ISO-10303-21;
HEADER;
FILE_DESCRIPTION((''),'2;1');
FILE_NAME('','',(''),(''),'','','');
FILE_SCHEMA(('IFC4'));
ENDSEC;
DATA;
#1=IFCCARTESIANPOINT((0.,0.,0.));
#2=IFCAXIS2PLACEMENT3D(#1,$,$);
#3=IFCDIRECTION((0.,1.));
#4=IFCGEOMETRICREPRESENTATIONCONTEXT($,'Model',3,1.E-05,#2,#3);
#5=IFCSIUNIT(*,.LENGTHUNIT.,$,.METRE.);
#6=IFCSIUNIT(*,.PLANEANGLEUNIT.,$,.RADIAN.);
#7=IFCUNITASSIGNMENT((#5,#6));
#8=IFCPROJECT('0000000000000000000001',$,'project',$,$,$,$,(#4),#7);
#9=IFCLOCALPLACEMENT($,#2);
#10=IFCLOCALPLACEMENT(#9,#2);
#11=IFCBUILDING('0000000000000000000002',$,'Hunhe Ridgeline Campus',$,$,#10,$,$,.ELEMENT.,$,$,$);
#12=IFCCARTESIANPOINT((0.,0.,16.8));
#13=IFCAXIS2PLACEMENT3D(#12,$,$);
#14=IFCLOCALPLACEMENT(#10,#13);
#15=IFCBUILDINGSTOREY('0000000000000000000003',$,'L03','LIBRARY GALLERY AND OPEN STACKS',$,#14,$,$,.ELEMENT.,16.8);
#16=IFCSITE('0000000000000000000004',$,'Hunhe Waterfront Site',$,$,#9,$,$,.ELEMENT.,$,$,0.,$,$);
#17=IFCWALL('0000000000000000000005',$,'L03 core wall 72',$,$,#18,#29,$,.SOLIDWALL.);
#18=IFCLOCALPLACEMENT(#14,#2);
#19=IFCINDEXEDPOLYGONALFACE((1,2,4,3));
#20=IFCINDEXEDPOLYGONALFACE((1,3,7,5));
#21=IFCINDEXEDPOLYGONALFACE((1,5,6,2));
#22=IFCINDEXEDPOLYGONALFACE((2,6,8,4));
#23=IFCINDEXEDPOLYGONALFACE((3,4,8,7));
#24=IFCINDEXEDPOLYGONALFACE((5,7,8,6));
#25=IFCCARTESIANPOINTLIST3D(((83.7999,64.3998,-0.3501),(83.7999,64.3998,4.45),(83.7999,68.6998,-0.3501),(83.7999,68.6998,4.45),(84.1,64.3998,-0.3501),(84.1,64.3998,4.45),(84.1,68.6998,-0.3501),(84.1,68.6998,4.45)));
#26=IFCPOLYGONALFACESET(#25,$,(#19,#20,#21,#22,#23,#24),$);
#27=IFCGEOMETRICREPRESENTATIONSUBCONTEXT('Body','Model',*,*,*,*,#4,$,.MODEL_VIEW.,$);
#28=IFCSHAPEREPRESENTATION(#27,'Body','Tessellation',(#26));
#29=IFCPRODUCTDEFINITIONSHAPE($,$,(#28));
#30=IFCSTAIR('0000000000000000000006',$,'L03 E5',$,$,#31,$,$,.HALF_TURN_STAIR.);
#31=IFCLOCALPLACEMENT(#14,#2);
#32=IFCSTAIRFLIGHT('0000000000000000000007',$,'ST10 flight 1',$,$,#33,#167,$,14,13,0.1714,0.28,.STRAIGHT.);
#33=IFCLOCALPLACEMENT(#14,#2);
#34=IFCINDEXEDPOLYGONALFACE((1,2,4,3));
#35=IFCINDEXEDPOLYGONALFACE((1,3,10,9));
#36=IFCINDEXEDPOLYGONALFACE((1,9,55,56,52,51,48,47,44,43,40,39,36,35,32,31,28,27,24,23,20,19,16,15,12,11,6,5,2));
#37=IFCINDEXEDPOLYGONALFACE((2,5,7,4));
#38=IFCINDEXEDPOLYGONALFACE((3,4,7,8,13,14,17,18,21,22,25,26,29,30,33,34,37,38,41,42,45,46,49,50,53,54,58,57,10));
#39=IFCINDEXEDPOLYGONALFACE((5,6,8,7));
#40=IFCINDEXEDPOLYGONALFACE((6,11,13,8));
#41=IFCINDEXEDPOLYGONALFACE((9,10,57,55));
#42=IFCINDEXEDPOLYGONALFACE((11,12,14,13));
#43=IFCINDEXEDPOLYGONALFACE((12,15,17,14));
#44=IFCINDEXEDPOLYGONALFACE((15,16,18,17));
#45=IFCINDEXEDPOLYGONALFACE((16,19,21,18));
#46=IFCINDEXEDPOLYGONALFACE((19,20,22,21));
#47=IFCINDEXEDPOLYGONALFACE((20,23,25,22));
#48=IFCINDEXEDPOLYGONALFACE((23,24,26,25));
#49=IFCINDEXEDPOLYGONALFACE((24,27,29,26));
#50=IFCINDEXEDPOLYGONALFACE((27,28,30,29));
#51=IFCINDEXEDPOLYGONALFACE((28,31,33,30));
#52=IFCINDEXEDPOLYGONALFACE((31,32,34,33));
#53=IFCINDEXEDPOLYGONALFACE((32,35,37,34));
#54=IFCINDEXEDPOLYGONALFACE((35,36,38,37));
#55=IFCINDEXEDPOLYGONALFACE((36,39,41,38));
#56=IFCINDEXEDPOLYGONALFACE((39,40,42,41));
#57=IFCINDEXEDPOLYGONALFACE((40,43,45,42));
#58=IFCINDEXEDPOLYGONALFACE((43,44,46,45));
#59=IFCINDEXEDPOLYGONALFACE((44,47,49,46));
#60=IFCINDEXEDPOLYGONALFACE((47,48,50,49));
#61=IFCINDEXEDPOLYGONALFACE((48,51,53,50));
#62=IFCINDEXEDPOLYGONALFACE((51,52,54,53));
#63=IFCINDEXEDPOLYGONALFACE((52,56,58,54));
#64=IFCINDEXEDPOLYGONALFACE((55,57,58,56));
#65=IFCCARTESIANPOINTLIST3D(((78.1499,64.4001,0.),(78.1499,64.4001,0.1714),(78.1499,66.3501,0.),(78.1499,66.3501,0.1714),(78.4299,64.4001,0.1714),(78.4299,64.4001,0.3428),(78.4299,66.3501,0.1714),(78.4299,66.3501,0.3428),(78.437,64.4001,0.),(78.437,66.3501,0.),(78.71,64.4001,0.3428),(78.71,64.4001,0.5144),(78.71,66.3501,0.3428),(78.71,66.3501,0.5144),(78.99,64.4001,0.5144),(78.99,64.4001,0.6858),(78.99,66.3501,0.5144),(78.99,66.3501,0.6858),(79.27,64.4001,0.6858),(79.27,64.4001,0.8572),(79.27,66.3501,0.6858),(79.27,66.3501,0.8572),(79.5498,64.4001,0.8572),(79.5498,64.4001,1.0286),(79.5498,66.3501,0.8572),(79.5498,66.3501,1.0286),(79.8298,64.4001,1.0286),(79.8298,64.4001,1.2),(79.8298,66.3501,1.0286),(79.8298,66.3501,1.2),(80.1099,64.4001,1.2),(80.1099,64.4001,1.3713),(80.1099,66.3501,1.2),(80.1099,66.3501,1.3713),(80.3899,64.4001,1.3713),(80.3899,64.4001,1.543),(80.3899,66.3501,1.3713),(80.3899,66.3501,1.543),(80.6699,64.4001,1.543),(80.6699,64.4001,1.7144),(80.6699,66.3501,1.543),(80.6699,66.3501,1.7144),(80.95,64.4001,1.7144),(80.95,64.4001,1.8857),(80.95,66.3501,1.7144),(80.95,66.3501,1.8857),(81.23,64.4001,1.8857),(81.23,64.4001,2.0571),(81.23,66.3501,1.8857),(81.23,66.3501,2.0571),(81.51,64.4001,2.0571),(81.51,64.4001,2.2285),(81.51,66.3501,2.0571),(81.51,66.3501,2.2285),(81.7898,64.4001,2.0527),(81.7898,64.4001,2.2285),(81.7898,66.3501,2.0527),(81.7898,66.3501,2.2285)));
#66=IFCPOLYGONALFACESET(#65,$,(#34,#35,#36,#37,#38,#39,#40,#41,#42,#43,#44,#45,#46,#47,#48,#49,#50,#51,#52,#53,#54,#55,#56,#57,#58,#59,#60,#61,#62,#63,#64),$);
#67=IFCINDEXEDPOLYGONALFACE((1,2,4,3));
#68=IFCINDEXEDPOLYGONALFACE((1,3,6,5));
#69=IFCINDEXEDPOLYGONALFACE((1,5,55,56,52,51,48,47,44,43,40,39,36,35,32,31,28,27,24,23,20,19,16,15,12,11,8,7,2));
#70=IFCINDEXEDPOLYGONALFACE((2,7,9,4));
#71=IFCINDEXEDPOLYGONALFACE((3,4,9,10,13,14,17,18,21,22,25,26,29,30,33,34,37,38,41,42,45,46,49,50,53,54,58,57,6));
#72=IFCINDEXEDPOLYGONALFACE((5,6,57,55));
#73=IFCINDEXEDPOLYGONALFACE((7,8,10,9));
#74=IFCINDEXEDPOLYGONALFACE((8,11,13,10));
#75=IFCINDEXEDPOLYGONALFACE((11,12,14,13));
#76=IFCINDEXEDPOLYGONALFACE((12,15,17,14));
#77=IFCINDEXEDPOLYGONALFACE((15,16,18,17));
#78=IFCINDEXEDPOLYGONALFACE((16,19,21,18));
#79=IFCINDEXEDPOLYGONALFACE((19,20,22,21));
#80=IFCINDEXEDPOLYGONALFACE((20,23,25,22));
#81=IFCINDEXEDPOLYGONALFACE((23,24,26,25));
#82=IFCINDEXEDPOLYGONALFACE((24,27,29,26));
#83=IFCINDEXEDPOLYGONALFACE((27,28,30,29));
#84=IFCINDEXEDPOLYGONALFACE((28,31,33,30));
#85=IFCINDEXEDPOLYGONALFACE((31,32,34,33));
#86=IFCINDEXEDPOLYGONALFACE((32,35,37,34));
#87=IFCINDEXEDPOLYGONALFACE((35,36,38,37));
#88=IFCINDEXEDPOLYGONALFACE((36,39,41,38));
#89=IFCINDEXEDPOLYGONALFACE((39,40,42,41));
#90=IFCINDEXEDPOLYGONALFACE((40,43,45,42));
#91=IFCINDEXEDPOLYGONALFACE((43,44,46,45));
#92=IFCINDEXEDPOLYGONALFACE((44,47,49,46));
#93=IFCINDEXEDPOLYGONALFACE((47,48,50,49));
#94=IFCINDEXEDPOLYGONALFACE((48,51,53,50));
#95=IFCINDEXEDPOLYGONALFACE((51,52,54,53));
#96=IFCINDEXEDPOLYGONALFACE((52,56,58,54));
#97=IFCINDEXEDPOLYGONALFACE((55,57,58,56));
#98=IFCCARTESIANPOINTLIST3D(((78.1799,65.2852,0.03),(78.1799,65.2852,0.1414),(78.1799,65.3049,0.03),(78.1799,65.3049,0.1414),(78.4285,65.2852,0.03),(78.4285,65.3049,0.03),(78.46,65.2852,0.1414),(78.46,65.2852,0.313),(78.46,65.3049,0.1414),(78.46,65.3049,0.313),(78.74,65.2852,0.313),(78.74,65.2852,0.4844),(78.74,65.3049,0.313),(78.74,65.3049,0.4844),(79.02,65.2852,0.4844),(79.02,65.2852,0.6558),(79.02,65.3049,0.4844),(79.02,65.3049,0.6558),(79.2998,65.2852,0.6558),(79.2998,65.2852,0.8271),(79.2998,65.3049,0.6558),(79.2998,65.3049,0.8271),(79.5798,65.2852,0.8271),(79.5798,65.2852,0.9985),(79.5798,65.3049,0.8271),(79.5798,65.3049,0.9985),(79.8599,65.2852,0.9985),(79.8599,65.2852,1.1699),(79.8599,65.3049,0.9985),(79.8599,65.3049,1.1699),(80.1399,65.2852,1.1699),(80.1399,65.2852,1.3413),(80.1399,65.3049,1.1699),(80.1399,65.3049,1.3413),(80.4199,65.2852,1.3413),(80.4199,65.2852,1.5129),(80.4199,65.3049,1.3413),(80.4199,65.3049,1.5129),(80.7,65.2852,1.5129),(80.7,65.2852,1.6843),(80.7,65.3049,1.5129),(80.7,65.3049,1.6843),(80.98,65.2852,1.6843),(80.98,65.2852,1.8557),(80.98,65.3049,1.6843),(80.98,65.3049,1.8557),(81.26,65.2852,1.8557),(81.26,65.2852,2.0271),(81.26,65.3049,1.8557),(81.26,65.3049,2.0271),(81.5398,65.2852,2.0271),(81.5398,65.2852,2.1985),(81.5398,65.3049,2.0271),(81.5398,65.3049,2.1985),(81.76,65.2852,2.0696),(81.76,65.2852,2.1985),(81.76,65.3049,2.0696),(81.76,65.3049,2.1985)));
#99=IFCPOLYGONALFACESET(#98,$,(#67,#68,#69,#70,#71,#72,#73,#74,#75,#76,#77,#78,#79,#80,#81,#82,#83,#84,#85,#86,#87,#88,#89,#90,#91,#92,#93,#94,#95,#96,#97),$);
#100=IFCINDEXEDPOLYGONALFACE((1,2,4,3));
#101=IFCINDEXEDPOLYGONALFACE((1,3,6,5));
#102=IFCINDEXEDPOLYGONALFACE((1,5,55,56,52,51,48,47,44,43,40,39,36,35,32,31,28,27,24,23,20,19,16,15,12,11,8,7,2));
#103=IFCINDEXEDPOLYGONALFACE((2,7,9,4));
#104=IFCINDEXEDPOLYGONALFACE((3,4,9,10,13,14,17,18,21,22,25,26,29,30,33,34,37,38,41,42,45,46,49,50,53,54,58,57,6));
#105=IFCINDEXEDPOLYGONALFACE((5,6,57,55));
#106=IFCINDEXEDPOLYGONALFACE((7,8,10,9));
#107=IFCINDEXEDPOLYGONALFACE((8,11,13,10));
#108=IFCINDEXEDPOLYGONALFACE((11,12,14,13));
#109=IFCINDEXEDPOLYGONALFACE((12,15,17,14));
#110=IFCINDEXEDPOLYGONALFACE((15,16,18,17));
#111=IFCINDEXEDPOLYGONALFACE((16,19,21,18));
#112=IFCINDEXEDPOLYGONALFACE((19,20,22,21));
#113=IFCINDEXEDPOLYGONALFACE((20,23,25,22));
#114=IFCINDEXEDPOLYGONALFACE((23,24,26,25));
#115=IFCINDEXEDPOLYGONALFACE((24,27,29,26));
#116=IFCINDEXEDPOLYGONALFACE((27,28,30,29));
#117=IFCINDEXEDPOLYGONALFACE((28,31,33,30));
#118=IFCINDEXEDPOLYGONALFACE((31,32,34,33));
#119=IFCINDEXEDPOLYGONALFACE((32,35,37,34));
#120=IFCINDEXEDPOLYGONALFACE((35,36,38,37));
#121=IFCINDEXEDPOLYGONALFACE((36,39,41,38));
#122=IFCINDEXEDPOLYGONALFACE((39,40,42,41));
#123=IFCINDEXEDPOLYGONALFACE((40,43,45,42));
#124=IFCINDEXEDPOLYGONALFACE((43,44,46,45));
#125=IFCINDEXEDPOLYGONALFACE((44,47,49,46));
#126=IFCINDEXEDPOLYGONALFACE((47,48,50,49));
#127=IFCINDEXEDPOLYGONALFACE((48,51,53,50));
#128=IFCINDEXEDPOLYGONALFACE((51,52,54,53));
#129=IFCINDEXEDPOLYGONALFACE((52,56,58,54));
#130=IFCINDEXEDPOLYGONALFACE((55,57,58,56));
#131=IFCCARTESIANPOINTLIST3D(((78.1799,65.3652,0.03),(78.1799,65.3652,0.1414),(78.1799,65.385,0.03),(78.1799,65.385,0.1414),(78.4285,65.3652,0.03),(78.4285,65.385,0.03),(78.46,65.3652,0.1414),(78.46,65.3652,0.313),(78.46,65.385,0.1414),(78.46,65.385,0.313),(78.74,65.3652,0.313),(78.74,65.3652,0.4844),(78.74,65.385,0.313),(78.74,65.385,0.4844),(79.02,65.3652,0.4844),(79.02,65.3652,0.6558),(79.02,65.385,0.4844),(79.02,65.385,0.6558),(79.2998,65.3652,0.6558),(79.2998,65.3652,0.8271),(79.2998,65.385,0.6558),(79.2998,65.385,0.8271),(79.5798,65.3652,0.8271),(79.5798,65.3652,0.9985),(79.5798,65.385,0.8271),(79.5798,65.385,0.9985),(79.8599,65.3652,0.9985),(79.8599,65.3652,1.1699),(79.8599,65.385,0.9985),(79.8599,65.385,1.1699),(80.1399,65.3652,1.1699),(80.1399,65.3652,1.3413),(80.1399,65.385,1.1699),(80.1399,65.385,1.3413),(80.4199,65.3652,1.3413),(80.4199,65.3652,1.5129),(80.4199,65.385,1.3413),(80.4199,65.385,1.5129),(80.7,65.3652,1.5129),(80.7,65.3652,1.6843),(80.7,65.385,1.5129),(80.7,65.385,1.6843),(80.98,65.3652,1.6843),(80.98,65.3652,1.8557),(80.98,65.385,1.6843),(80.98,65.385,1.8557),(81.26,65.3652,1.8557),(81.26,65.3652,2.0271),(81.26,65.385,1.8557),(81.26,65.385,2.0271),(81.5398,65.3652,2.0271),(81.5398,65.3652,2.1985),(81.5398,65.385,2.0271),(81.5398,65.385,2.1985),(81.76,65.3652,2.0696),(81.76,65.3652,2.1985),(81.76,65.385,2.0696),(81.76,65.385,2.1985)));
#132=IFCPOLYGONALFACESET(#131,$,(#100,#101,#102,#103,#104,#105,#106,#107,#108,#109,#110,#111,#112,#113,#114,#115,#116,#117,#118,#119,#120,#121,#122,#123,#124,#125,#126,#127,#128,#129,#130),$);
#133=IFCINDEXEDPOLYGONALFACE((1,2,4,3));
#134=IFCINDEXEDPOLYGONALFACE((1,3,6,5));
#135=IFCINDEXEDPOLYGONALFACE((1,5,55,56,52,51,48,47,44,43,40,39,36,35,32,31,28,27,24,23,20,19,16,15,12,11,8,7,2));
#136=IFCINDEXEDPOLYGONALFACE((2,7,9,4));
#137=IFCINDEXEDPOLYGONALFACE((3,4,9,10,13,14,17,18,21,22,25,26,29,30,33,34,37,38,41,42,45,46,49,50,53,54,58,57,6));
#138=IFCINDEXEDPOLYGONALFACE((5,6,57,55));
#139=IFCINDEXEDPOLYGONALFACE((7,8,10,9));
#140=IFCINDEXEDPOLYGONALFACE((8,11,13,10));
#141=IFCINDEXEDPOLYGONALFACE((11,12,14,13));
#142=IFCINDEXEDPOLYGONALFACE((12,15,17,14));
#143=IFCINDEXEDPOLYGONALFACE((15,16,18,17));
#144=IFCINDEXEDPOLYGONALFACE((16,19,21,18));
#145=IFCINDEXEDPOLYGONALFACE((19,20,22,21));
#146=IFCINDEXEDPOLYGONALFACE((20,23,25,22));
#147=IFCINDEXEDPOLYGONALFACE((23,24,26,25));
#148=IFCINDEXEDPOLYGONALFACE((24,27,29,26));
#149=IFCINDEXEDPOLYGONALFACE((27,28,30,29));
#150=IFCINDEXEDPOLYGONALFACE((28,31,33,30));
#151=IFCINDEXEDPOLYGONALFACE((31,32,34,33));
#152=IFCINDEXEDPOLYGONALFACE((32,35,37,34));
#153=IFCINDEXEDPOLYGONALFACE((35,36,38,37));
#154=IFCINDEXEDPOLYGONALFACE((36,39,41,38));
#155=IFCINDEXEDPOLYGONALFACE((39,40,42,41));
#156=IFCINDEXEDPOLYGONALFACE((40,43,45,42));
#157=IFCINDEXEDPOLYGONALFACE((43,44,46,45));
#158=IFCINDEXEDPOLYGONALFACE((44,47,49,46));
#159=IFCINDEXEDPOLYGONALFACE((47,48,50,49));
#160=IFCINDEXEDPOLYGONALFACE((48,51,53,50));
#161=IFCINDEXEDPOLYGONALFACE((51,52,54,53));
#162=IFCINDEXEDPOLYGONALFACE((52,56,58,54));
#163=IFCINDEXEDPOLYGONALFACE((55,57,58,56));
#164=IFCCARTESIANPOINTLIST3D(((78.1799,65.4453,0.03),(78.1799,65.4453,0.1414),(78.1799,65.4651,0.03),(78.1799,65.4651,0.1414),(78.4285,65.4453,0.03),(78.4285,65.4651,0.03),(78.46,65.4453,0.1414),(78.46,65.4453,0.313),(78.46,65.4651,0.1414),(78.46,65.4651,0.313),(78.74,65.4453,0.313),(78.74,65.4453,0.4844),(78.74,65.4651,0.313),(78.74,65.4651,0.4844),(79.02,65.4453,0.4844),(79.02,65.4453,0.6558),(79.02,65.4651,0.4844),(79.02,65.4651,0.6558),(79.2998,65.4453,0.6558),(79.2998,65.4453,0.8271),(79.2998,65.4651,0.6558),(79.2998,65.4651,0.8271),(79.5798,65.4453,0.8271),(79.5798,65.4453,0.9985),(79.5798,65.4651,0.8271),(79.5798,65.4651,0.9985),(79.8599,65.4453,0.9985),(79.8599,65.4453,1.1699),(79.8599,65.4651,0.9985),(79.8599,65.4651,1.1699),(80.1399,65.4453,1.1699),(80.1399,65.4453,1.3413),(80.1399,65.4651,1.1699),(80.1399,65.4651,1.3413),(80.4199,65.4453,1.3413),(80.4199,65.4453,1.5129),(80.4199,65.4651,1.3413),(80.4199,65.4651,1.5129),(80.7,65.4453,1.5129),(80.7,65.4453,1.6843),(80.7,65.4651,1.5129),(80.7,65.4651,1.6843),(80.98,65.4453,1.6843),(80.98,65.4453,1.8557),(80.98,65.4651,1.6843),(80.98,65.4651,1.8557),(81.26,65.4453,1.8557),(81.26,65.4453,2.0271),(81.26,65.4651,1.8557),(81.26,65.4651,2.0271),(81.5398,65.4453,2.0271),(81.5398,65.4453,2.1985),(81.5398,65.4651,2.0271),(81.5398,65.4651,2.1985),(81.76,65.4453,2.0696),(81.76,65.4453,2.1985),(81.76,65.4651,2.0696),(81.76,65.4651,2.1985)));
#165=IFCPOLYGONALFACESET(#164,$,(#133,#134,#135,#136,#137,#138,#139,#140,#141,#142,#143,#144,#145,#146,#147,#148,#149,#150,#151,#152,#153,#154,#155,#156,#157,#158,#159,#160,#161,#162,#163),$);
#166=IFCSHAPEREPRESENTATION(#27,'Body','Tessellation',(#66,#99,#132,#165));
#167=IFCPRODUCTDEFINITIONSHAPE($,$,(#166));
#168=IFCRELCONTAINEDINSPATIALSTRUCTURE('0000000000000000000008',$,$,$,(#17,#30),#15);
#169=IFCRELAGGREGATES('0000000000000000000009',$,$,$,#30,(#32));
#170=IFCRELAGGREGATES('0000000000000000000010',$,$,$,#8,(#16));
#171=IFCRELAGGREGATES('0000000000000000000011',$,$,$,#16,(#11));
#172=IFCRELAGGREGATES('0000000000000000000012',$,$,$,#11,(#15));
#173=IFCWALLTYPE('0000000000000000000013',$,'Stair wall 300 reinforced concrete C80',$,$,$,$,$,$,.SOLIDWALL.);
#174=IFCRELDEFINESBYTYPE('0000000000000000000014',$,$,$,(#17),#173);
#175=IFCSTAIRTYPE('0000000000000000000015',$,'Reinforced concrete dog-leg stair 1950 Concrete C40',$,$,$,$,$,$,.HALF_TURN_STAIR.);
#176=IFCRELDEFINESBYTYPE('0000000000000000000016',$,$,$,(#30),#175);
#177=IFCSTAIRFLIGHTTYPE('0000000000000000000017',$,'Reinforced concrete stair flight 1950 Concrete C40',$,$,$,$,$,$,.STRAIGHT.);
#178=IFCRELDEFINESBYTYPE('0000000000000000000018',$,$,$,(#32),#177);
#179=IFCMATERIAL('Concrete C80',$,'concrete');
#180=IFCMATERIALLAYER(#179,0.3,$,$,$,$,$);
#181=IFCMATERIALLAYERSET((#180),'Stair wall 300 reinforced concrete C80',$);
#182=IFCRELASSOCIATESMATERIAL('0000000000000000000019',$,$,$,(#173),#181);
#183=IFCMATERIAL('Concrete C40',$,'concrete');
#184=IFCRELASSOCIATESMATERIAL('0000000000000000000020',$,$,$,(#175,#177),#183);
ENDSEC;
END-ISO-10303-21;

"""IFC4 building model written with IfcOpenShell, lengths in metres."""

from ifc_helpers import new_model, si_unit, direction, frame, frame_2d, origin, place, context, subcontext, project, spatial, polyline, rectangle, outline, extrude, material, layer, layer_set, type_object, element, aggregate, save


model = new_model("IFC4")

# Units and contexts
model_context = context("Model", 3, precision=1e-05, world=origin(), true_north=direction((0.0, 1.0)))
body_context = subcontext(model_context, "Body", "Model", "MODEL_VIEW")
ifc_project = project(units=[si_unit("LENGTHUNIT", "METRE"), si_unit("PLANEANGLEUNIT", "RADIAN")], contexts=[model_context])

# Site, building, storey
site_placement = place(None, origin())
site = spatial("IfcSite", under=ifc_project, at=site_placement, Name="Hunhe Waterfront Site", CompositionType="ELEMENT", RefElevation=0.0)
building_placement = place(site_placement, origin())
building = spatial("IfcBuilding", under=site, at=building_placement, Name="Hunhe Ridgeline Campus", CompositionType="ELEMENT")
storey_placement = place(building_placement, frame((0.0, 0.0, 16.8)))
storey = spatial("IfcBuildingStorey", under=building, at=storey_placement, Name="L03", Description="LIBRARY GALLERY AND OPEN STACKS", CompositionType="ELEMENT", Elevation=16.8)

# Shared definitions
ifc_material_1 = material(Name="Concrete C80", Category="concrete")

# Shared definitions
ifc_layer_1 = layer(ifc_material_1, 0.3)
ifc_layer_set_1 = layer_set([ifc_layer_1], Name="Stair wall 300 reinforced concrete C80")
wall_type_1 = type_object("IfcWallType", Name="Stair wall 300 reinforced concrete C80", PredefinedType="SOLIDWALL", material=ifc_layer_set_1)

# Wall
wall_1_placement = place(storey_placement, frame((83.95, 64.3999, -0.3501), z_axis=(0.0, 0.0, 1.0), x_axis=(0.0, 1.0, 0.0)))
element("IfcWall", 1, at=wall_1_placement, inside=storey, type_object=wall_type_1, Name="L03 core wall 72", PredefinedType="SOLIDWALL", context=body_context, shape_type="SweptSolid", body=[
    extrude(rectangle(XDim=4.3, YDim=0.3, at=frame_2d((2.1499, 0.0))), origin(), (0.0, 0.0, 1.0), 4.8),
])

# Stair, stair flight
ifc_material_2 = material(Name="Concrete C40", Category="concrete")
stair_type = type_object("IfcStairType", Name="Reinforced concrete dog-leg stair 1950 Concrete C40", PredefinedType="HALF_TURN_STAIR", material=ifc_material_2)
stair_placement = place(storey_placement, origin())
stair = element("IfcStair", 2, at=stair_placement, inside=storey, type_object=stair_type, Name="L03 E5", PredefinedType="HALF_TURN_STAIR")
stair_flight_type = type_object("IfcStairFlightType", Name="Reinforced concrete stair flight 1950 Concrete C40", PredefinedType="STRAIGHT", material=ifc_material_2)
stair_flight_1_placement = place(storey_placement, frame((78.1499, 65.375, 0.0), z_axis=(0.0, 0.0, 1.0), x_axis=(1.0, 0.0, 0.0)))
stair_flight_1 = element("IfcStairFlight", 3, at=stair_flight_1_placement, type_object=stair_flight_type, Name="ST10 flight 1", NumberOfRisers=14, NumberOfTreads=13, PredefinedType="STRAIGHT", RiserHeight=0.1714, TreadLength=0.28, context=body_context, shape_type="SweptSolid", body=[
    extrude(outline(polyline([(0.0, 0.0), (0.0, 0.1714), (0.28, 0.1714), (0.28, 0.3428), (0.5601, 0.3428), (0.5601, 0.5144), (0.8401, 0.5144), (0.8401, 0.6858), (1.1201, 0.6858), (1.1201, 0.8572), (1.3999, 0.8572), (1.3999, 1.0286), (1.6799, 1.0286), (1.6799, 1.2), (1.96, 1.2), (1.96, 1.3713), (2.24, 1.3713), (2.24, 1.543), (2.52, 1.543), (2.52, 1.7144), (2.8, 1.7144), (2.8, 1.8857), (3.0801, 1.8857), (3.0801, 2.0571), (3.3601, 2.0571), (3.3601, 2.2285), (3.6399, 2.2285), (3.6399, 2.3999), (3.6399, 2.0527), (0.2871, 0.0), (0.0, 0.0)])), frame((0.0, 0.9751, 0.0), z_axis=(0.0, -1.0, 0.0), x_axis=(1.0, 0.0, 0.0)), (0.0, 0.0, 1.0), 1.95),
    extrude(outline(polyline([(0.03, 0.03), (0.03, 0.1414), (0.3101, 0.1414), (0.3101, 0.313), (0.5901, 0.313), (0.5901, 0.4844), (0.8701, 0.4844), (0.8701, 0.6558), (1.1499, 0.6558), (1.1499, 0.8271), (1.4299, 0.8271), (1.4299, 0.9985), (1.71, 0.9985), (1.71, 1.1699), (1.99, 1.1699), (1.99, 1.3413), (2.27, 1.3413), (2.27, 1.5129), (2.55, 1.5129), (2.55, 1.6843), (2.8301, 1.6843), (2.8301, 1.8557), (3.1101, 1.8557), (3.1101, 2.0271), (3.3899, 2.0271), (3.3899, 2.1985), (3.6101, 2.1985), (3.6101, 2.0696), (0.2786, 0.03), (0.03, 0.03)])), frame((0.0, -0.0701, 0.0), z_axis=(0.0, -1.0, 0.0), x_axis=(1.0, 0.0, 0.0)), (0.0, 0.0, 1.0), 0.0198),
    extrude(outline(polyline([(0.03, 0.03), (0.03, 0.1414), (0.3101, 0.1414), (0.3101, 0.313), (0.5901, 0.313), (0.5901, 0.4844), (0.8701, 0.4844), (0.8701, 0.6558), (1.1499, 0.6558), (1.1499, 0.8271), (1.4299, 0.8271), (1.4299, 0.9985), (1.71, 0.9985), (1.71, 1.1699), (1.99, 1.1699), (1.99, 1.3413), (2.27, 1.3413), (2.27, 1.5129), (2.55, 1.5129), (2.55, 1.6843), (2.8301, 1.6843), (2.8301, 1.8557), (3.1101, 1.8557), (3.1101, 2.0271), (3.3899, 2.0271), (3.3899, 2.1985), (3.6101, 2.1985), (3.6101, 2.0696), (0.2786, 0.03), (0.03, 0.03)])), frame((0.0, 0.01, 0.0), z_axis=(0.0, -1.0, 0.0), x_axis=(1.0, 0.0, 0.0)), (0.0, 0.0, 1.0), 0.0198),
    extrude(outline(polyline([(0.03, 0.03), (0.03, 0.1414), (0.3101, 0.1414), (0.3101, 0.313), (0.5901, 0.313), (0.5901, 0.4844), (0.8701, 0.4844), (0.8701, 0.6558), (1.1499, 0.6558), (1.1499, 0.8271), (1.4299, 0.8271), (1.4299, 0.9985), (1.71, 0.9985), (1.71, 1.1699), (1.99, 1.1699), (1.99, 1.3413), (2.27, 1.3413), (2.27, 1.5129), (2.55, 1.5129), (2.55, 1.6843), (2.8301, 1.6843), (2.8301, 1.8557), (3.1101, 1.8557), (3.1101, 2.0271), (3.3899, 2.0271), (3.3899, 2.1985), (3.6101, 2.1985), (3.6101, 2.0696), (0.2786, 0.03), (0.03, 0.03)])), frame((0.0, 0.0901, 0.0), z_axis=(0.0, -1.0, 0.0), x_axis=(1.0, 0.0, 0.0)), (0.0, 0.0, 1.0), 0.0198),
])
aggregate(stair, [stair_flight_1])

save(model, "model.ifc")
